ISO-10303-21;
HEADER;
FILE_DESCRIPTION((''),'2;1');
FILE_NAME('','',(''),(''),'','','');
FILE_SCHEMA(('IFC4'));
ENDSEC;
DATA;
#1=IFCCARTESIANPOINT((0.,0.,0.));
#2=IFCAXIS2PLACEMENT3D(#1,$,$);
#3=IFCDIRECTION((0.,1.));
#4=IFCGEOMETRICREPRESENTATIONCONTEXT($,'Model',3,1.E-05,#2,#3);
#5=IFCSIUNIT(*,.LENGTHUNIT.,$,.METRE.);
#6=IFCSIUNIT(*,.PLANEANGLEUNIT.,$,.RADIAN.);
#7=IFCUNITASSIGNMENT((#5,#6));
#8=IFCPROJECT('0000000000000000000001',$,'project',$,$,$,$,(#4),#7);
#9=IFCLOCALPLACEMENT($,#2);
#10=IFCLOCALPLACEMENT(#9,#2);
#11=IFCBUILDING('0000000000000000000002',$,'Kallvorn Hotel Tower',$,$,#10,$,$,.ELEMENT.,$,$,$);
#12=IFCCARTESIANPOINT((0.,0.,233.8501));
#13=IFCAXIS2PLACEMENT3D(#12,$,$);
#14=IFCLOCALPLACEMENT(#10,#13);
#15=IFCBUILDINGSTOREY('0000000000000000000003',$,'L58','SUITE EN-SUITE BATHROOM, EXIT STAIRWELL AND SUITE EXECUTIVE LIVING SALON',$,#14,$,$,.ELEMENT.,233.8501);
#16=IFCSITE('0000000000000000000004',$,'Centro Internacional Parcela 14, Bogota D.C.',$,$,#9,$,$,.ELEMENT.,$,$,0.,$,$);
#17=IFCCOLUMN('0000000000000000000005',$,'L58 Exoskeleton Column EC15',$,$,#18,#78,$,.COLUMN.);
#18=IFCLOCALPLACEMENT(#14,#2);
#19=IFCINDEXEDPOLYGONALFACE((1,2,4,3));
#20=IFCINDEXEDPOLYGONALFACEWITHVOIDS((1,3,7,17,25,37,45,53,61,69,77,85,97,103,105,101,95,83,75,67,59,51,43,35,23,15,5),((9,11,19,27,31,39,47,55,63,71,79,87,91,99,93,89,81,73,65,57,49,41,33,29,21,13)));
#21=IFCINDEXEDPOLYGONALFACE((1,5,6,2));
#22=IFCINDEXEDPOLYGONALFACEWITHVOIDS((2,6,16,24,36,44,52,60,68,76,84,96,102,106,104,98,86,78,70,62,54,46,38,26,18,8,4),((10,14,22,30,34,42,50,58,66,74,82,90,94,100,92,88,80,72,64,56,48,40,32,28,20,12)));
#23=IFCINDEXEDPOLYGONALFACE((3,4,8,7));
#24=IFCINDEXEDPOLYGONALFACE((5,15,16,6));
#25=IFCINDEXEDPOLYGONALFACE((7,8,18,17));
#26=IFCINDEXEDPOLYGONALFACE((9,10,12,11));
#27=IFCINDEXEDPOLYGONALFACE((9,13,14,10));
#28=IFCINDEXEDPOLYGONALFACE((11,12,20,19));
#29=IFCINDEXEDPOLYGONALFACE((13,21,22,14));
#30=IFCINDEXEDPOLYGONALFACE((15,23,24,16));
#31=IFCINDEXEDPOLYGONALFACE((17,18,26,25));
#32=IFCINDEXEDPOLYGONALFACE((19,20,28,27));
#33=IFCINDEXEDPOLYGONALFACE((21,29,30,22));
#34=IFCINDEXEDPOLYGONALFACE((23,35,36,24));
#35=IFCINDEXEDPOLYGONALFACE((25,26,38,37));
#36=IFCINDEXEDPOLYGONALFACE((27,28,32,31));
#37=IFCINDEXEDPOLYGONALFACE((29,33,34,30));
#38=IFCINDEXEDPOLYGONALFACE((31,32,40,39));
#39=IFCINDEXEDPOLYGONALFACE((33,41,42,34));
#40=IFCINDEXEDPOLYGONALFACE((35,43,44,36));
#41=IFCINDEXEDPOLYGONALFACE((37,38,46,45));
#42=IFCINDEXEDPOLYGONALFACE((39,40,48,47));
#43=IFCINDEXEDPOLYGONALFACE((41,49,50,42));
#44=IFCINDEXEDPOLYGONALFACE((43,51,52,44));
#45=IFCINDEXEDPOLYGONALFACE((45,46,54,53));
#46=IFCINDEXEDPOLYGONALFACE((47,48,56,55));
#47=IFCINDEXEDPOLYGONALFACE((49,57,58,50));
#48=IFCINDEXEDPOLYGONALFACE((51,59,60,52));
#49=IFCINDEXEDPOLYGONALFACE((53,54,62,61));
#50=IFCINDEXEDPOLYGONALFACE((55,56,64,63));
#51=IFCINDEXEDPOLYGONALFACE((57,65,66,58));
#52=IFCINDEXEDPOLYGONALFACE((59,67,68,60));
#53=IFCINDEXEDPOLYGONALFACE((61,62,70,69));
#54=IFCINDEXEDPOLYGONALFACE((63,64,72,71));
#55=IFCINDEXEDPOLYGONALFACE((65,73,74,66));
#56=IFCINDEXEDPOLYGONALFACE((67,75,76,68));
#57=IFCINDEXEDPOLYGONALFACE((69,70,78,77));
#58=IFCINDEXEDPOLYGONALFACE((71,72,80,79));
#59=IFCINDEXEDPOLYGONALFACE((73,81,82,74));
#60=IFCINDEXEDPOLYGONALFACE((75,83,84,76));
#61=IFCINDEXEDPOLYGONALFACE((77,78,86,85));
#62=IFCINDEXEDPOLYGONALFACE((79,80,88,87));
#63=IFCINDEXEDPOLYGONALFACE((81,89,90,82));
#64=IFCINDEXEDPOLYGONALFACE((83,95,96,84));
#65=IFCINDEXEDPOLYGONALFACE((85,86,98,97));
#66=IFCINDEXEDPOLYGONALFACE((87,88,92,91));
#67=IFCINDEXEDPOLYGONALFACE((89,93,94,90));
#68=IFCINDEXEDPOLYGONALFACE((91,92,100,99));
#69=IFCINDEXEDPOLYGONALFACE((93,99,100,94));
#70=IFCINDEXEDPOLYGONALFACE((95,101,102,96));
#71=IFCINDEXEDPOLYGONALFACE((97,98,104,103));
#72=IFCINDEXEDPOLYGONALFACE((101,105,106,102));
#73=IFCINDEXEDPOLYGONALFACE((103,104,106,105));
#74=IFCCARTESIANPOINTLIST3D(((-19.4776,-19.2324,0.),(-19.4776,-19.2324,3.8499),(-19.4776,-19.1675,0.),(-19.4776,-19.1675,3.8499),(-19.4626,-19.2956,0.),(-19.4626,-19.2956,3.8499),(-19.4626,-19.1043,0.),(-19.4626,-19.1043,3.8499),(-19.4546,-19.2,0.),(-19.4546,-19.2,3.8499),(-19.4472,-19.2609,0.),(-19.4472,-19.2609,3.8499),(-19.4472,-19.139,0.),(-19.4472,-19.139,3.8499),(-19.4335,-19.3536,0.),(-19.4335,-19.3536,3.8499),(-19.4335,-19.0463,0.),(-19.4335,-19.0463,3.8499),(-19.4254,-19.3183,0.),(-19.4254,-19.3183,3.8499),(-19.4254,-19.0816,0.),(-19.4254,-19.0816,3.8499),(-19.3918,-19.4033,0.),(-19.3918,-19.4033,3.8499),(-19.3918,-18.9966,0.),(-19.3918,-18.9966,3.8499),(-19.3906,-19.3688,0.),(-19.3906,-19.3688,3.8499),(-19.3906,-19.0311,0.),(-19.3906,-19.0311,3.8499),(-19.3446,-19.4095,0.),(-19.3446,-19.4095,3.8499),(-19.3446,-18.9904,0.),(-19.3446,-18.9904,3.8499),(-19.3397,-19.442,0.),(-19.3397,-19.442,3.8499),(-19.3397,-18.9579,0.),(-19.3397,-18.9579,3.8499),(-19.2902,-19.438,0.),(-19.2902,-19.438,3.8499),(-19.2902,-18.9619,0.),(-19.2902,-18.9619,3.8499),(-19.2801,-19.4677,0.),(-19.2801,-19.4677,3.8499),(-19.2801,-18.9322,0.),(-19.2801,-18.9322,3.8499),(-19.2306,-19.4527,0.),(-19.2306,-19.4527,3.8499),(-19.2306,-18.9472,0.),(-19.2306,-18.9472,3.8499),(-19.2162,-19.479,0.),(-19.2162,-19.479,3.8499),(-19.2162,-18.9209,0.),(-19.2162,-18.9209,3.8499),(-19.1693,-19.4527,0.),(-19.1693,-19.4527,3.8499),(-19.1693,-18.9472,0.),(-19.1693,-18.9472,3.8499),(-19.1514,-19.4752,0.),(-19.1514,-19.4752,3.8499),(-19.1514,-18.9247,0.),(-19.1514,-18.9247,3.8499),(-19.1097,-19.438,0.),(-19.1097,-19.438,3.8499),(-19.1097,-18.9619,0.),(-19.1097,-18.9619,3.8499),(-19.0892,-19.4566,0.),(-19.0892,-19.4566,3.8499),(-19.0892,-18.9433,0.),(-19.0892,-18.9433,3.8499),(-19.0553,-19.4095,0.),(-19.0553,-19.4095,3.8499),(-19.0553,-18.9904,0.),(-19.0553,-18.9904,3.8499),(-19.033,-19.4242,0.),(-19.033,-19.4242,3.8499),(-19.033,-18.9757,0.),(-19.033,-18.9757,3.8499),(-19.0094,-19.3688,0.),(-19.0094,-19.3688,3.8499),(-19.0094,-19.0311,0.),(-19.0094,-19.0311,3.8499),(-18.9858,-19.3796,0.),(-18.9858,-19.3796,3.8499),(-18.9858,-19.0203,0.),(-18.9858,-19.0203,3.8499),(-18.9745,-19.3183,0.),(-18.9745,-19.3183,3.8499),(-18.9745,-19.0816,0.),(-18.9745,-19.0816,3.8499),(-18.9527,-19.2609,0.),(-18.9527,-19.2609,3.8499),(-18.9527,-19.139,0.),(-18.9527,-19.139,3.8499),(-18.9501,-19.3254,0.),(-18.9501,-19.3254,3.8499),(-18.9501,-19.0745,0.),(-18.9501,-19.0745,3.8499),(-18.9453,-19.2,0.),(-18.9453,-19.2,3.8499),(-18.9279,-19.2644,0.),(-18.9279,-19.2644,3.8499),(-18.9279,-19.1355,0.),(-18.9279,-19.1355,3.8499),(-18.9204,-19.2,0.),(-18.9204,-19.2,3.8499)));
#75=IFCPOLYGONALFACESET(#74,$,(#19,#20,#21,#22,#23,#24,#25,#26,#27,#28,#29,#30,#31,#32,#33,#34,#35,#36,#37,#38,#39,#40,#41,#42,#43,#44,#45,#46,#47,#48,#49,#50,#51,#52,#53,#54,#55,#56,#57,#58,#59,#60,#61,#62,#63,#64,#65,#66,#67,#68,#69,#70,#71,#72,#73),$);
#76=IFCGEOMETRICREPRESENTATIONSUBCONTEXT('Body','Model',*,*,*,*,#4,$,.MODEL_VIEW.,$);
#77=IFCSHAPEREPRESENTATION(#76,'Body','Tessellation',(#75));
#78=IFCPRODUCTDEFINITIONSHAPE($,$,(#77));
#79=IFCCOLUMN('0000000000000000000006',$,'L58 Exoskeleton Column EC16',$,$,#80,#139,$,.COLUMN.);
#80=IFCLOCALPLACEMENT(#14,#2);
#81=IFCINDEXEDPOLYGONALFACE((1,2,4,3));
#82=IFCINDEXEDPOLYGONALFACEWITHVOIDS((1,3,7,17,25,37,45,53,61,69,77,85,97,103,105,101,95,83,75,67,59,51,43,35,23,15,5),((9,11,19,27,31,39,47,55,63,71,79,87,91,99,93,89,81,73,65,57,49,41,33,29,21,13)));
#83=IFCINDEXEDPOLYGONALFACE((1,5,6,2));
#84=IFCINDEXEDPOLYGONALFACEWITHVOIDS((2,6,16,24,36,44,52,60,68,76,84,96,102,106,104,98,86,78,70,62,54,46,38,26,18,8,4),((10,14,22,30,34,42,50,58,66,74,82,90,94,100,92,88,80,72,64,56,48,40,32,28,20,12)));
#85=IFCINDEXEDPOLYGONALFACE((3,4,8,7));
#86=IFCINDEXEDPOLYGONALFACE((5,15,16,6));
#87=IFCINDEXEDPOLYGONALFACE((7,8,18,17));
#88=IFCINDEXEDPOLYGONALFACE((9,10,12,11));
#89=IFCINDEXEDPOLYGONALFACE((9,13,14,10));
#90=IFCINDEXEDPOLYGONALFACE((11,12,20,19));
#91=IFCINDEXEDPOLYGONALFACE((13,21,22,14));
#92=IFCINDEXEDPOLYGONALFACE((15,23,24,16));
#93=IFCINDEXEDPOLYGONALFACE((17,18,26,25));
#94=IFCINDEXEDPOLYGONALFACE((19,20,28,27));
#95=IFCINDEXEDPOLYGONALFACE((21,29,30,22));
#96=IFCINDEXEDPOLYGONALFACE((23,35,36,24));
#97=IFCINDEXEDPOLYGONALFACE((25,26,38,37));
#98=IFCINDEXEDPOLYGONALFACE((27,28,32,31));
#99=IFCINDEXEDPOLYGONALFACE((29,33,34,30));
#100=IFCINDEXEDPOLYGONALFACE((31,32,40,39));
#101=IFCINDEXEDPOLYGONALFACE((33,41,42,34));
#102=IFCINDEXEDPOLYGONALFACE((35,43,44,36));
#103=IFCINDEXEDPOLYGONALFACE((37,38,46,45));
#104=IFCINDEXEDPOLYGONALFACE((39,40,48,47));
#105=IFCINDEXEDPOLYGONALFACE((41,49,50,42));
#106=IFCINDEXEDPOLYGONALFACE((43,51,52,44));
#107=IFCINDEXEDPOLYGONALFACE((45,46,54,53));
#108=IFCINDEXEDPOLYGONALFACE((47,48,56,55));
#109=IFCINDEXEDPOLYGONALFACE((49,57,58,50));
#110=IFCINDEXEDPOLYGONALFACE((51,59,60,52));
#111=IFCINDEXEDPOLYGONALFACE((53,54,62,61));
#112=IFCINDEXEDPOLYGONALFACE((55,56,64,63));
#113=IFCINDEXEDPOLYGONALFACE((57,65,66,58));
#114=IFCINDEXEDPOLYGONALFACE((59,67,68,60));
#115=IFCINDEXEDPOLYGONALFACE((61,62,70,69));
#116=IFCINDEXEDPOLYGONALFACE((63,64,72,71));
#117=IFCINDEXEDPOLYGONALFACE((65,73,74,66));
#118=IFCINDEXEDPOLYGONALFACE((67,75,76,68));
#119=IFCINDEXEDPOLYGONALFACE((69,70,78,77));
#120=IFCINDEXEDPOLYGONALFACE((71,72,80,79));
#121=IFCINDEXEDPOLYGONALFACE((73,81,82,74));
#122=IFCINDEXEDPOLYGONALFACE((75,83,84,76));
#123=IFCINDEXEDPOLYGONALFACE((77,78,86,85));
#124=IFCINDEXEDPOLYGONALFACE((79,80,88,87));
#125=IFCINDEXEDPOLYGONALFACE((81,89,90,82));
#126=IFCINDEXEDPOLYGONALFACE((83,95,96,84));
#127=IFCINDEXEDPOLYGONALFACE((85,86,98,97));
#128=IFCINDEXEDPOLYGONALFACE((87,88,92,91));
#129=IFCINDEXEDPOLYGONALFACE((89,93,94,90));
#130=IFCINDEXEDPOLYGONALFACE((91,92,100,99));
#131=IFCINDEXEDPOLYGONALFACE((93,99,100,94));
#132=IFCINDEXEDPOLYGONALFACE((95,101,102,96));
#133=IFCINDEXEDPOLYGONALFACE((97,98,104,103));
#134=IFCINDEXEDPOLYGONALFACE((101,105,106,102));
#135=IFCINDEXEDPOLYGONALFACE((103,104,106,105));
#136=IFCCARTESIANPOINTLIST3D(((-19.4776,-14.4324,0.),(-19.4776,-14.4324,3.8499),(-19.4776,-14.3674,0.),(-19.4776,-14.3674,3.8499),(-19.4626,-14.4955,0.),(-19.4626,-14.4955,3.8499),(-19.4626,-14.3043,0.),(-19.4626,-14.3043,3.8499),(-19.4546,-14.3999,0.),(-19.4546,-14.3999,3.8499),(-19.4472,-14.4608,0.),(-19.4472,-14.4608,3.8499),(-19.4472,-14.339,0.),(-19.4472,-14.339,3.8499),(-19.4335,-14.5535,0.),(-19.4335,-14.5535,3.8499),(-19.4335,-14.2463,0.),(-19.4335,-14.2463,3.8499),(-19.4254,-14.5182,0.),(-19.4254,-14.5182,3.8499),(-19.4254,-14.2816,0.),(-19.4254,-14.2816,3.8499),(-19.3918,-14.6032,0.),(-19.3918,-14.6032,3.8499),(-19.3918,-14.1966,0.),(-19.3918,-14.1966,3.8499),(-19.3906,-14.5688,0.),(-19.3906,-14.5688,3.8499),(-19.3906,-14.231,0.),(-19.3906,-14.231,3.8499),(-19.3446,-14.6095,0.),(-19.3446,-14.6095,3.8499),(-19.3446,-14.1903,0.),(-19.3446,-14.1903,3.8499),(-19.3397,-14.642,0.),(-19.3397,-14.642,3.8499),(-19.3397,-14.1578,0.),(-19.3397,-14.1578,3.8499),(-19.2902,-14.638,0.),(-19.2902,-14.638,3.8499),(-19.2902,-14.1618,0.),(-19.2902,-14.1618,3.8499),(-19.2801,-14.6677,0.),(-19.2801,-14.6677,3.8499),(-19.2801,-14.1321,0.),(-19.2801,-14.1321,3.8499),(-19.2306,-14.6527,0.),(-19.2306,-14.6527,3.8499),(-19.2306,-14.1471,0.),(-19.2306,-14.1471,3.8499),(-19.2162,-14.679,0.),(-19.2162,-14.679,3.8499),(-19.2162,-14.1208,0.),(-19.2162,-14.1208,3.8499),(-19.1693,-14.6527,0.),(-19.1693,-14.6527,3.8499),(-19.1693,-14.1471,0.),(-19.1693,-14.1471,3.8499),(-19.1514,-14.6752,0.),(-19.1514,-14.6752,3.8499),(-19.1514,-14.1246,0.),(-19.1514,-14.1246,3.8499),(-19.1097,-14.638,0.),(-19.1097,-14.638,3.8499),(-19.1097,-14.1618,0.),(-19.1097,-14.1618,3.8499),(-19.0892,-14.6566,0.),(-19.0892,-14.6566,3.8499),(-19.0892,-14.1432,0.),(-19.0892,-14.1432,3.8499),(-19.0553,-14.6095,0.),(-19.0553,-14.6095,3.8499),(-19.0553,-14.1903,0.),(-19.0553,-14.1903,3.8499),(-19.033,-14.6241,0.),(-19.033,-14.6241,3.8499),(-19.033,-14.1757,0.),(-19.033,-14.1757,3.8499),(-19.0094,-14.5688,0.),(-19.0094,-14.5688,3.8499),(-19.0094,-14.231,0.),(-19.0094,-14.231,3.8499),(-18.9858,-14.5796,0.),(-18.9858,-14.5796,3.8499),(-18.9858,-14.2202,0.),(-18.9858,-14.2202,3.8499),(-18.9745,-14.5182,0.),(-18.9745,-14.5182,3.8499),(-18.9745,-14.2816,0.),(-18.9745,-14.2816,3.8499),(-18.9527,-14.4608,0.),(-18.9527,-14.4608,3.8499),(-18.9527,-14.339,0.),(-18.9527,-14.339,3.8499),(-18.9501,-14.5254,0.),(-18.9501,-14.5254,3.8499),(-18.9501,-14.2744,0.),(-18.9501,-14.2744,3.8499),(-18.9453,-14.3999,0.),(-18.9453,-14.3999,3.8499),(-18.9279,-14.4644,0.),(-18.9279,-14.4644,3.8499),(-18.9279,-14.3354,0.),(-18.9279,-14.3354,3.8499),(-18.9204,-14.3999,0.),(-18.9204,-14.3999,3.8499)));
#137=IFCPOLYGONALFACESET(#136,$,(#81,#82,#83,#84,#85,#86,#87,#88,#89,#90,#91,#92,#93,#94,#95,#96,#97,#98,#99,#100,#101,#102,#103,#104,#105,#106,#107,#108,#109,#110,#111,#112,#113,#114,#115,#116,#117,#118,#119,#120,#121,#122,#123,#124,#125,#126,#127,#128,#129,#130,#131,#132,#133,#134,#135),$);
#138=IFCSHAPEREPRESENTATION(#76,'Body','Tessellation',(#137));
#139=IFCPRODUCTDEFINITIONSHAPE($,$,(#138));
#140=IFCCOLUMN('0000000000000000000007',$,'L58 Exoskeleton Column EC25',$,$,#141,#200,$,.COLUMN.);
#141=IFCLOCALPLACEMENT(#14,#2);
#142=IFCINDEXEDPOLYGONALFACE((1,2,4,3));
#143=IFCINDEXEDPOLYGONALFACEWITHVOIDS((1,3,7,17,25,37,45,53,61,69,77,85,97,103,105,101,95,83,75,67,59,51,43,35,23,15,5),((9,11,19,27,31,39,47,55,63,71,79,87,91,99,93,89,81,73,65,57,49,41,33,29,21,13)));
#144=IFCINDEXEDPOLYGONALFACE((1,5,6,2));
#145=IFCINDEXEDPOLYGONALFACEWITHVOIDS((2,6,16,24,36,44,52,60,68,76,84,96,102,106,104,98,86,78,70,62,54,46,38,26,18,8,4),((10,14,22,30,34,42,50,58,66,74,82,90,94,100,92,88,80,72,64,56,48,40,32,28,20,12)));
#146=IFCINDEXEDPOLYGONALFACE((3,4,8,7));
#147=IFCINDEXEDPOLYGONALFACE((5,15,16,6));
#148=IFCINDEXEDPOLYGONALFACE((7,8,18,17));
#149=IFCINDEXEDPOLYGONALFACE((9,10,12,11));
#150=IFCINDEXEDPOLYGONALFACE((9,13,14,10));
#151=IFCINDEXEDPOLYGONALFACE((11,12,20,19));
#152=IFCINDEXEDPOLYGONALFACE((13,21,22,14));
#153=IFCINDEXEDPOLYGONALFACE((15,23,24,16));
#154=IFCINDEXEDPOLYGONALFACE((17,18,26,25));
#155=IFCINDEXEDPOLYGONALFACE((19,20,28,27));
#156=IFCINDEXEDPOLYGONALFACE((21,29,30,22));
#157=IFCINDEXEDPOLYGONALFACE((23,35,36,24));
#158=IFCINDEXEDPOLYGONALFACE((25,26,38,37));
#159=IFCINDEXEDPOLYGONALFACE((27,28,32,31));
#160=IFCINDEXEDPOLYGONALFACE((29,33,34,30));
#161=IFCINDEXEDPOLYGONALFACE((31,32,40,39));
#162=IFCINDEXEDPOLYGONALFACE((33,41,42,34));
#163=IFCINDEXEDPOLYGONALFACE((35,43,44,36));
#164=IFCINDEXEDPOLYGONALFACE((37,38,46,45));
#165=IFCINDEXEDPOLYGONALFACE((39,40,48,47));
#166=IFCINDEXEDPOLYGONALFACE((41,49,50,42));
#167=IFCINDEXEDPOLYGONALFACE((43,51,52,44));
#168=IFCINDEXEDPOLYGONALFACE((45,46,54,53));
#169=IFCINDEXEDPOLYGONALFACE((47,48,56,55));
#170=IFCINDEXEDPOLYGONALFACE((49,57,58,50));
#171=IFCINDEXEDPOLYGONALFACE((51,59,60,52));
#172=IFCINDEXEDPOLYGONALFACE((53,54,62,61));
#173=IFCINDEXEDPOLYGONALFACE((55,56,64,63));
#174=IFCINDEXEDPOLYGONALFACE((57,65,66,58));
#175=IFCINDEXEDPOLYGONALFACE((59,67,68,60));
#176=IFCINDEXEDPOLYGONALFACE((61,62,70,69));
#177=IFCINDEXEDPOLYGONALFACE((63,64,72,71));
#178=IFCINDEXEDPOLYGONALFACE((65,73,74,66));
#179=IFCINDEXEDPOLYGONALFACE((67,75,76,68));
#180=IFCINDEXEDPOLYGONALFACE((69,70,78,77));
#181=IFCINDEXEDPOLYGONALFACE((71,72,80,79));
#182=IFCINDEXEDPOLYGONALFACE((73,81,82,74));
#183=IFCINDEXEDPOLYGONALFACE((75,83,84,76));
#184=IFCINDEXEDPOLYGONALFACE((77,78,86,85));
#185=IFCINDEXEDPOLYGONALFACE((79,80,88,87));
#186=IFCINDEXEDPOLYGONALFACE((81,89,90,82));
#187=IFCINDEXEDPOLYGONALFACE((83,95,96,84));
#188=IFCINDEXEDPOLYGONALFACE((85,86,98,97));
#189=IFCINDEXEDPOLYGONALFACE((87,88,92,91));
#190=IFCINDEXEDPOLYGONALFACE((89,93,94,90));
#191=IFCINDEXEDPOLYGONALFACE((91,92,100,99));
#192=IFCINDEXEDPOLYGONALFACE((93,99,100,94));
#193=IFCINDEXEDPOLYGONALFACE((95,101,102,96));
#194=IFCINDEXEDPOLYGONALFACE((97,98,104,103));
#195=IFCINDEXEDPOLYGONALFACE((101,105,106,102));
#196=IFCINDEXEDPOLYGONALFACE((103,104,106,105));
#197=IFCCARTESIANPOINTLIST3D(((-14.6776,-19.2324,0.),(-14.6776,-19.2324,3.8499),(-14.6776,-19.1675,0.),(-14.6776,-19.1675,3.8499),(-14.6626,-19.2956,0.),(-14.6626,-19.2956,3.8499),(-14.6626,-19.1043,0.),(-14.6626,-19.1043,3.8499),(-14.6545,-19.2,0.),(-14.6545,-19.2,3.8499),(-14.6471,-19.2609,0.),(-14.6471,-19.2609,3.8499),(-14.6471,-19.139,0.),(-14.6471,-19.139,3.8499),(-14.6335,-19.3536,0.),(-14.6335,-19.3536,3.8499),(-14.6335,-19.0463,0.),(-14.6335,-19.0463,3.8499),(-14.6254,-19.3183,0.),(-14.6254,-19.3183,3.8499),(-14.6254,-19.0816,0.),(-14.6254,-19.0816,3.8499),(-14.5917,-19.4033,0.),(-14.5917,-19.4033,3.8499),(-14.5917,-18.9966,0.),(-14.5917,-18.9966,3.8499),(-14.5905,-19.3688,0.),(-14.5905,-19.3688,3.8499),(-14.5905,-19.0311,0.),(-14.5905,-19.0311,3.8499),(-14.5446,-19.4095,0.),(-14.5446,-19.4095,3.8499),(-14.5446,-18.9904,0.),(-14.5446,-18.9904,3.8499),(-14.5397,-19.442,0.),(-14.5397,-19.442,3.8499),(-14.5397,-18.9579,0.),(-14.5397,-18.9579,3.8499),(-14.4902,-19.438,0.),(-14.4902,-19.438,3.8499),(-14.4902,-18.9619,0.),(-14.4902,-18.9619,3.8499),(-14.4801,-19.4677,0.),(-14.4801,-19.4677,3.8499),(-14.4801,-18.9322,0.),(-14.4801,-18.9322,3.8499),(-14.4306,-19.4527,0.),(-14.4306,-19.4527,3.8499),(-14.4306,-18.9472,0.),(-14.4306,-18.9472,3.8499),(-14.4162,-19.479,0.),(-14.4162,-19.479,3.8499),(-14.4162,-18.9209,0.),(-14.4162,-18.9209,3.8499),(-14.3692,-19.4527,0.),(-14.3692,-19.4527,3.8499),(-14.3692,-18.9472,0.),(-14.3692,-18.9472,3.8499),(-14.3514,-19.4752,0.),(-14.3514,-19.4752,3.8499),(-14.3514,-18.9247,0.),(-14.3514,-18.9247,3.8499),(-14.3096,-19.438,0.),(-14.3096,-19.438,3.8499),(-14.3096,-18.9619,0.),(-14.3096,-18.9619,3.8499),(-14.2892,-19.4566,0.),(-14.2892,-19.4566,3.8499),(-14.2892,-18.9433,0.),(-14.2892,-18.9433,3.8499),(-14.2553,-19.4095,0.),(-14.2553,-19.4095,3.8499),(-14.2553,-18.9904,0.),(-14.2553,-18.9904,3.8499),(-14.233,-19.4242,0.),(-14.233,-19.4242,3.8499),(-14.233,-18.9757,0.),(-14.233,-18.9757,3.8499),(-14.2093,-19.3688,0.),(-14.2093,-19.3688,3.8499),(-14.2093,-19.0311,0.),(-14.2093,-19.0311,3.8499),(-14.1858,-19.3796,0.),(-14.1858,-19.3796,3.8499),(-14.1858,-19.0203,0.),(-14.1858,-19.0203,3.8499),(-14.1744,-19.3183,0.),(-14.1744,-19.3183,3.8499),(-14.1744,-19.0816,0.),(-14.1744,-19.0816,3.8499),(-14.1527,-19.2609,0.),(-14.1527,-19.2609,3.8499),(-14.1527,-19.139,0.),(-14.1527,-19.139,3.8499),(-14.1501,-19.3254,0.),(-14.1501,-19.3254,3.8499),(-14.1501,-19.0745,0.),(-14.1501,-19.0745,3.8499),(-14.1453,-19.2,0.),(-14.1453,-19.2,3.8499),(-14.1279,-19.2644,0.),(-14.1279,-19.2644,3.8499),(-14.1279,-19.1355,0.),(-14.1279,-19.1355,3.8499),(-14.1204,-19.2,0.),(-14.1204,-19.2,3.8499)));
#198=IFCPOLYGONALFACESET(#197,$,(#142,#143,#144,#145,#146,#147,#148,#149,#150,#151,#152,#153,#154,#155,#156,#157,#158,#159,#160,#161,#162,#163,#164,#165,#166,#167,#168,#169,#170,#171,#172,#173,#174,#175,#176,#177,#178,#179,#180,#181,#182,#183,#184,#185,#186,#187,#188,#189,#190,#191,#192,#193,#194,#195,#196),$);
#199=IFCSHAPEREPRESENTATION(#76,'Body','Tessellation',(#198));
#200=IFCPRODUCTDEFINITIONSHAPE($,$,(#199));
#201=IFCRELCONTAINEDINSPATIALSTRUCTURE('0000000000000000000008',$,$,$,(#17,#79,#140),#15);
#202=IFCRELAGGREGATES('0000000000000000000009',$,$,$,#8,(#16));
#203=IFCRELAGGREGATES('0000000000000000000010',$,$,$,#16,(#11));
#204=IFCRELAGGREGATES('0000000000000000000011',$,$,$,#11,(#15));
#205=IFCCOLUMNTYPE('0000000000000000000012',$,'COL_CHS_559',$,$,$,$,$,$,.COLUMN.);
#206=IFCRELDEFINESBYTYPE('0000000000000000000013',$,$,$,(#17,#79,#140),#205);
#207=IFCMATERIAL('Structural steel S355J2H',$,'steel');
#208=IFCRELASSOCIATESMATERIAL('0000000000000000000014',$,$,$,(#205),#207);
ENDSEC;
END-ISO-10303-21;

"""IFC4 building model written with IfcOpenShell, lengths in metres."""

from ifc_helpers import new_model, si_unit, direction, frame, origin, origin_2d, place, context, subcontext, project, spatial, hollow_circle, extrude, material, material_profile, profile_set, type_object, element, save


model = new_model("IFC4")

# Units and contexts
model_context = context("Model", 3, precision=1e-05, world=origin(), true_north=direction((0.0, 1.0)))
body_context = subcontext(model_context, "Body", "Model", "MODEL_VIEW")
ifc_project = project(units=[si_unit("LENGTHUNIT", "METRE"), si_unit("PLANEANGLEUNIT", "RADIAN")], contexts=[model_context])

# Site, building, storey
site_placement = place(None, origin())
site = spatial("IfcSite", under=ifc_project, at=site_placement, Name="Centro Internacional Parcela 14, Bogota D.C.", CompositionType="ELEMENT", RefElevation=0.0)
building_placement = place(site_placement, origin())
building = spatial("IfcBuilding", under=site, at=building_placement, Name="Kallvorn Hotel Tower", CompositionType="ELEMENT")
storey_placement = place(building_placement, frame((0.0, 0.0, 233.8501)))
storey = spatial("IfcBuildingStorey", under=building, at=storey_placement, Name="L58", Description="SUITE EN-SUITE BATHROOM, EXIT STAIRWELL AND SUITE EXECUTIVE LIVING SALON", CompositionType="ELEMENT", Elevation=233.8501)

# Columns
ifc_material_1 = material(Name="Structural steel S355J2H", Category="steel")
ifc_material_profile_1 = material_profile(ifc_material_1, hollow_circle(Radius=0.2795, WallThickness=0.0249, at=origin_2d()), Name="CHS 559x25")
ifc_profile_set_1 = profile_set([ifc_material_profile_1], Name="Structural steel S355J2H")
column_type_1 = type_object("IfcColumnType", Name="COL_CHS_559", PredefinedType="COLUMN", material=ifc_profile_set_1)
for number, where, z_axis, x_axis, name in (
    (1, (-19.2, -19.2, 0.0), (0.0, 0.0, 1.0), (1.0, 0.0, 0.0), "L58 Exoskeleton Column EC15"),
    (2, (-19.2, -14.3999, 0.0), (0.0, 0.0, 1.0), (1.0, 0.0, 0.0), "L58 Exoskeleton Column EC16"),
    (3, (-14.3999, -19.2, 0.0), (0.0, 0.0, 1.0), (1.0, 0.0, 0.0), "L58 Exoskeleton Column EC25"),
):
    element("IfcColumn", number, at=place(storey_placement, frame(where, z_axis=z_axis, x_axis=x_axis)), inside=storey, type_object=column_type_1, Name=name, PredefinedType="COLUMN", context=body_context, shape_type="SweptSolid", body=[
        extrude(hollow_circle(Radius=0.2795, WallThickness=0.0249, at=origin_2d()), origin(), (0.0, 0.0, 1.0), 3.8499),
    ])

save(model, "model.ifc")
